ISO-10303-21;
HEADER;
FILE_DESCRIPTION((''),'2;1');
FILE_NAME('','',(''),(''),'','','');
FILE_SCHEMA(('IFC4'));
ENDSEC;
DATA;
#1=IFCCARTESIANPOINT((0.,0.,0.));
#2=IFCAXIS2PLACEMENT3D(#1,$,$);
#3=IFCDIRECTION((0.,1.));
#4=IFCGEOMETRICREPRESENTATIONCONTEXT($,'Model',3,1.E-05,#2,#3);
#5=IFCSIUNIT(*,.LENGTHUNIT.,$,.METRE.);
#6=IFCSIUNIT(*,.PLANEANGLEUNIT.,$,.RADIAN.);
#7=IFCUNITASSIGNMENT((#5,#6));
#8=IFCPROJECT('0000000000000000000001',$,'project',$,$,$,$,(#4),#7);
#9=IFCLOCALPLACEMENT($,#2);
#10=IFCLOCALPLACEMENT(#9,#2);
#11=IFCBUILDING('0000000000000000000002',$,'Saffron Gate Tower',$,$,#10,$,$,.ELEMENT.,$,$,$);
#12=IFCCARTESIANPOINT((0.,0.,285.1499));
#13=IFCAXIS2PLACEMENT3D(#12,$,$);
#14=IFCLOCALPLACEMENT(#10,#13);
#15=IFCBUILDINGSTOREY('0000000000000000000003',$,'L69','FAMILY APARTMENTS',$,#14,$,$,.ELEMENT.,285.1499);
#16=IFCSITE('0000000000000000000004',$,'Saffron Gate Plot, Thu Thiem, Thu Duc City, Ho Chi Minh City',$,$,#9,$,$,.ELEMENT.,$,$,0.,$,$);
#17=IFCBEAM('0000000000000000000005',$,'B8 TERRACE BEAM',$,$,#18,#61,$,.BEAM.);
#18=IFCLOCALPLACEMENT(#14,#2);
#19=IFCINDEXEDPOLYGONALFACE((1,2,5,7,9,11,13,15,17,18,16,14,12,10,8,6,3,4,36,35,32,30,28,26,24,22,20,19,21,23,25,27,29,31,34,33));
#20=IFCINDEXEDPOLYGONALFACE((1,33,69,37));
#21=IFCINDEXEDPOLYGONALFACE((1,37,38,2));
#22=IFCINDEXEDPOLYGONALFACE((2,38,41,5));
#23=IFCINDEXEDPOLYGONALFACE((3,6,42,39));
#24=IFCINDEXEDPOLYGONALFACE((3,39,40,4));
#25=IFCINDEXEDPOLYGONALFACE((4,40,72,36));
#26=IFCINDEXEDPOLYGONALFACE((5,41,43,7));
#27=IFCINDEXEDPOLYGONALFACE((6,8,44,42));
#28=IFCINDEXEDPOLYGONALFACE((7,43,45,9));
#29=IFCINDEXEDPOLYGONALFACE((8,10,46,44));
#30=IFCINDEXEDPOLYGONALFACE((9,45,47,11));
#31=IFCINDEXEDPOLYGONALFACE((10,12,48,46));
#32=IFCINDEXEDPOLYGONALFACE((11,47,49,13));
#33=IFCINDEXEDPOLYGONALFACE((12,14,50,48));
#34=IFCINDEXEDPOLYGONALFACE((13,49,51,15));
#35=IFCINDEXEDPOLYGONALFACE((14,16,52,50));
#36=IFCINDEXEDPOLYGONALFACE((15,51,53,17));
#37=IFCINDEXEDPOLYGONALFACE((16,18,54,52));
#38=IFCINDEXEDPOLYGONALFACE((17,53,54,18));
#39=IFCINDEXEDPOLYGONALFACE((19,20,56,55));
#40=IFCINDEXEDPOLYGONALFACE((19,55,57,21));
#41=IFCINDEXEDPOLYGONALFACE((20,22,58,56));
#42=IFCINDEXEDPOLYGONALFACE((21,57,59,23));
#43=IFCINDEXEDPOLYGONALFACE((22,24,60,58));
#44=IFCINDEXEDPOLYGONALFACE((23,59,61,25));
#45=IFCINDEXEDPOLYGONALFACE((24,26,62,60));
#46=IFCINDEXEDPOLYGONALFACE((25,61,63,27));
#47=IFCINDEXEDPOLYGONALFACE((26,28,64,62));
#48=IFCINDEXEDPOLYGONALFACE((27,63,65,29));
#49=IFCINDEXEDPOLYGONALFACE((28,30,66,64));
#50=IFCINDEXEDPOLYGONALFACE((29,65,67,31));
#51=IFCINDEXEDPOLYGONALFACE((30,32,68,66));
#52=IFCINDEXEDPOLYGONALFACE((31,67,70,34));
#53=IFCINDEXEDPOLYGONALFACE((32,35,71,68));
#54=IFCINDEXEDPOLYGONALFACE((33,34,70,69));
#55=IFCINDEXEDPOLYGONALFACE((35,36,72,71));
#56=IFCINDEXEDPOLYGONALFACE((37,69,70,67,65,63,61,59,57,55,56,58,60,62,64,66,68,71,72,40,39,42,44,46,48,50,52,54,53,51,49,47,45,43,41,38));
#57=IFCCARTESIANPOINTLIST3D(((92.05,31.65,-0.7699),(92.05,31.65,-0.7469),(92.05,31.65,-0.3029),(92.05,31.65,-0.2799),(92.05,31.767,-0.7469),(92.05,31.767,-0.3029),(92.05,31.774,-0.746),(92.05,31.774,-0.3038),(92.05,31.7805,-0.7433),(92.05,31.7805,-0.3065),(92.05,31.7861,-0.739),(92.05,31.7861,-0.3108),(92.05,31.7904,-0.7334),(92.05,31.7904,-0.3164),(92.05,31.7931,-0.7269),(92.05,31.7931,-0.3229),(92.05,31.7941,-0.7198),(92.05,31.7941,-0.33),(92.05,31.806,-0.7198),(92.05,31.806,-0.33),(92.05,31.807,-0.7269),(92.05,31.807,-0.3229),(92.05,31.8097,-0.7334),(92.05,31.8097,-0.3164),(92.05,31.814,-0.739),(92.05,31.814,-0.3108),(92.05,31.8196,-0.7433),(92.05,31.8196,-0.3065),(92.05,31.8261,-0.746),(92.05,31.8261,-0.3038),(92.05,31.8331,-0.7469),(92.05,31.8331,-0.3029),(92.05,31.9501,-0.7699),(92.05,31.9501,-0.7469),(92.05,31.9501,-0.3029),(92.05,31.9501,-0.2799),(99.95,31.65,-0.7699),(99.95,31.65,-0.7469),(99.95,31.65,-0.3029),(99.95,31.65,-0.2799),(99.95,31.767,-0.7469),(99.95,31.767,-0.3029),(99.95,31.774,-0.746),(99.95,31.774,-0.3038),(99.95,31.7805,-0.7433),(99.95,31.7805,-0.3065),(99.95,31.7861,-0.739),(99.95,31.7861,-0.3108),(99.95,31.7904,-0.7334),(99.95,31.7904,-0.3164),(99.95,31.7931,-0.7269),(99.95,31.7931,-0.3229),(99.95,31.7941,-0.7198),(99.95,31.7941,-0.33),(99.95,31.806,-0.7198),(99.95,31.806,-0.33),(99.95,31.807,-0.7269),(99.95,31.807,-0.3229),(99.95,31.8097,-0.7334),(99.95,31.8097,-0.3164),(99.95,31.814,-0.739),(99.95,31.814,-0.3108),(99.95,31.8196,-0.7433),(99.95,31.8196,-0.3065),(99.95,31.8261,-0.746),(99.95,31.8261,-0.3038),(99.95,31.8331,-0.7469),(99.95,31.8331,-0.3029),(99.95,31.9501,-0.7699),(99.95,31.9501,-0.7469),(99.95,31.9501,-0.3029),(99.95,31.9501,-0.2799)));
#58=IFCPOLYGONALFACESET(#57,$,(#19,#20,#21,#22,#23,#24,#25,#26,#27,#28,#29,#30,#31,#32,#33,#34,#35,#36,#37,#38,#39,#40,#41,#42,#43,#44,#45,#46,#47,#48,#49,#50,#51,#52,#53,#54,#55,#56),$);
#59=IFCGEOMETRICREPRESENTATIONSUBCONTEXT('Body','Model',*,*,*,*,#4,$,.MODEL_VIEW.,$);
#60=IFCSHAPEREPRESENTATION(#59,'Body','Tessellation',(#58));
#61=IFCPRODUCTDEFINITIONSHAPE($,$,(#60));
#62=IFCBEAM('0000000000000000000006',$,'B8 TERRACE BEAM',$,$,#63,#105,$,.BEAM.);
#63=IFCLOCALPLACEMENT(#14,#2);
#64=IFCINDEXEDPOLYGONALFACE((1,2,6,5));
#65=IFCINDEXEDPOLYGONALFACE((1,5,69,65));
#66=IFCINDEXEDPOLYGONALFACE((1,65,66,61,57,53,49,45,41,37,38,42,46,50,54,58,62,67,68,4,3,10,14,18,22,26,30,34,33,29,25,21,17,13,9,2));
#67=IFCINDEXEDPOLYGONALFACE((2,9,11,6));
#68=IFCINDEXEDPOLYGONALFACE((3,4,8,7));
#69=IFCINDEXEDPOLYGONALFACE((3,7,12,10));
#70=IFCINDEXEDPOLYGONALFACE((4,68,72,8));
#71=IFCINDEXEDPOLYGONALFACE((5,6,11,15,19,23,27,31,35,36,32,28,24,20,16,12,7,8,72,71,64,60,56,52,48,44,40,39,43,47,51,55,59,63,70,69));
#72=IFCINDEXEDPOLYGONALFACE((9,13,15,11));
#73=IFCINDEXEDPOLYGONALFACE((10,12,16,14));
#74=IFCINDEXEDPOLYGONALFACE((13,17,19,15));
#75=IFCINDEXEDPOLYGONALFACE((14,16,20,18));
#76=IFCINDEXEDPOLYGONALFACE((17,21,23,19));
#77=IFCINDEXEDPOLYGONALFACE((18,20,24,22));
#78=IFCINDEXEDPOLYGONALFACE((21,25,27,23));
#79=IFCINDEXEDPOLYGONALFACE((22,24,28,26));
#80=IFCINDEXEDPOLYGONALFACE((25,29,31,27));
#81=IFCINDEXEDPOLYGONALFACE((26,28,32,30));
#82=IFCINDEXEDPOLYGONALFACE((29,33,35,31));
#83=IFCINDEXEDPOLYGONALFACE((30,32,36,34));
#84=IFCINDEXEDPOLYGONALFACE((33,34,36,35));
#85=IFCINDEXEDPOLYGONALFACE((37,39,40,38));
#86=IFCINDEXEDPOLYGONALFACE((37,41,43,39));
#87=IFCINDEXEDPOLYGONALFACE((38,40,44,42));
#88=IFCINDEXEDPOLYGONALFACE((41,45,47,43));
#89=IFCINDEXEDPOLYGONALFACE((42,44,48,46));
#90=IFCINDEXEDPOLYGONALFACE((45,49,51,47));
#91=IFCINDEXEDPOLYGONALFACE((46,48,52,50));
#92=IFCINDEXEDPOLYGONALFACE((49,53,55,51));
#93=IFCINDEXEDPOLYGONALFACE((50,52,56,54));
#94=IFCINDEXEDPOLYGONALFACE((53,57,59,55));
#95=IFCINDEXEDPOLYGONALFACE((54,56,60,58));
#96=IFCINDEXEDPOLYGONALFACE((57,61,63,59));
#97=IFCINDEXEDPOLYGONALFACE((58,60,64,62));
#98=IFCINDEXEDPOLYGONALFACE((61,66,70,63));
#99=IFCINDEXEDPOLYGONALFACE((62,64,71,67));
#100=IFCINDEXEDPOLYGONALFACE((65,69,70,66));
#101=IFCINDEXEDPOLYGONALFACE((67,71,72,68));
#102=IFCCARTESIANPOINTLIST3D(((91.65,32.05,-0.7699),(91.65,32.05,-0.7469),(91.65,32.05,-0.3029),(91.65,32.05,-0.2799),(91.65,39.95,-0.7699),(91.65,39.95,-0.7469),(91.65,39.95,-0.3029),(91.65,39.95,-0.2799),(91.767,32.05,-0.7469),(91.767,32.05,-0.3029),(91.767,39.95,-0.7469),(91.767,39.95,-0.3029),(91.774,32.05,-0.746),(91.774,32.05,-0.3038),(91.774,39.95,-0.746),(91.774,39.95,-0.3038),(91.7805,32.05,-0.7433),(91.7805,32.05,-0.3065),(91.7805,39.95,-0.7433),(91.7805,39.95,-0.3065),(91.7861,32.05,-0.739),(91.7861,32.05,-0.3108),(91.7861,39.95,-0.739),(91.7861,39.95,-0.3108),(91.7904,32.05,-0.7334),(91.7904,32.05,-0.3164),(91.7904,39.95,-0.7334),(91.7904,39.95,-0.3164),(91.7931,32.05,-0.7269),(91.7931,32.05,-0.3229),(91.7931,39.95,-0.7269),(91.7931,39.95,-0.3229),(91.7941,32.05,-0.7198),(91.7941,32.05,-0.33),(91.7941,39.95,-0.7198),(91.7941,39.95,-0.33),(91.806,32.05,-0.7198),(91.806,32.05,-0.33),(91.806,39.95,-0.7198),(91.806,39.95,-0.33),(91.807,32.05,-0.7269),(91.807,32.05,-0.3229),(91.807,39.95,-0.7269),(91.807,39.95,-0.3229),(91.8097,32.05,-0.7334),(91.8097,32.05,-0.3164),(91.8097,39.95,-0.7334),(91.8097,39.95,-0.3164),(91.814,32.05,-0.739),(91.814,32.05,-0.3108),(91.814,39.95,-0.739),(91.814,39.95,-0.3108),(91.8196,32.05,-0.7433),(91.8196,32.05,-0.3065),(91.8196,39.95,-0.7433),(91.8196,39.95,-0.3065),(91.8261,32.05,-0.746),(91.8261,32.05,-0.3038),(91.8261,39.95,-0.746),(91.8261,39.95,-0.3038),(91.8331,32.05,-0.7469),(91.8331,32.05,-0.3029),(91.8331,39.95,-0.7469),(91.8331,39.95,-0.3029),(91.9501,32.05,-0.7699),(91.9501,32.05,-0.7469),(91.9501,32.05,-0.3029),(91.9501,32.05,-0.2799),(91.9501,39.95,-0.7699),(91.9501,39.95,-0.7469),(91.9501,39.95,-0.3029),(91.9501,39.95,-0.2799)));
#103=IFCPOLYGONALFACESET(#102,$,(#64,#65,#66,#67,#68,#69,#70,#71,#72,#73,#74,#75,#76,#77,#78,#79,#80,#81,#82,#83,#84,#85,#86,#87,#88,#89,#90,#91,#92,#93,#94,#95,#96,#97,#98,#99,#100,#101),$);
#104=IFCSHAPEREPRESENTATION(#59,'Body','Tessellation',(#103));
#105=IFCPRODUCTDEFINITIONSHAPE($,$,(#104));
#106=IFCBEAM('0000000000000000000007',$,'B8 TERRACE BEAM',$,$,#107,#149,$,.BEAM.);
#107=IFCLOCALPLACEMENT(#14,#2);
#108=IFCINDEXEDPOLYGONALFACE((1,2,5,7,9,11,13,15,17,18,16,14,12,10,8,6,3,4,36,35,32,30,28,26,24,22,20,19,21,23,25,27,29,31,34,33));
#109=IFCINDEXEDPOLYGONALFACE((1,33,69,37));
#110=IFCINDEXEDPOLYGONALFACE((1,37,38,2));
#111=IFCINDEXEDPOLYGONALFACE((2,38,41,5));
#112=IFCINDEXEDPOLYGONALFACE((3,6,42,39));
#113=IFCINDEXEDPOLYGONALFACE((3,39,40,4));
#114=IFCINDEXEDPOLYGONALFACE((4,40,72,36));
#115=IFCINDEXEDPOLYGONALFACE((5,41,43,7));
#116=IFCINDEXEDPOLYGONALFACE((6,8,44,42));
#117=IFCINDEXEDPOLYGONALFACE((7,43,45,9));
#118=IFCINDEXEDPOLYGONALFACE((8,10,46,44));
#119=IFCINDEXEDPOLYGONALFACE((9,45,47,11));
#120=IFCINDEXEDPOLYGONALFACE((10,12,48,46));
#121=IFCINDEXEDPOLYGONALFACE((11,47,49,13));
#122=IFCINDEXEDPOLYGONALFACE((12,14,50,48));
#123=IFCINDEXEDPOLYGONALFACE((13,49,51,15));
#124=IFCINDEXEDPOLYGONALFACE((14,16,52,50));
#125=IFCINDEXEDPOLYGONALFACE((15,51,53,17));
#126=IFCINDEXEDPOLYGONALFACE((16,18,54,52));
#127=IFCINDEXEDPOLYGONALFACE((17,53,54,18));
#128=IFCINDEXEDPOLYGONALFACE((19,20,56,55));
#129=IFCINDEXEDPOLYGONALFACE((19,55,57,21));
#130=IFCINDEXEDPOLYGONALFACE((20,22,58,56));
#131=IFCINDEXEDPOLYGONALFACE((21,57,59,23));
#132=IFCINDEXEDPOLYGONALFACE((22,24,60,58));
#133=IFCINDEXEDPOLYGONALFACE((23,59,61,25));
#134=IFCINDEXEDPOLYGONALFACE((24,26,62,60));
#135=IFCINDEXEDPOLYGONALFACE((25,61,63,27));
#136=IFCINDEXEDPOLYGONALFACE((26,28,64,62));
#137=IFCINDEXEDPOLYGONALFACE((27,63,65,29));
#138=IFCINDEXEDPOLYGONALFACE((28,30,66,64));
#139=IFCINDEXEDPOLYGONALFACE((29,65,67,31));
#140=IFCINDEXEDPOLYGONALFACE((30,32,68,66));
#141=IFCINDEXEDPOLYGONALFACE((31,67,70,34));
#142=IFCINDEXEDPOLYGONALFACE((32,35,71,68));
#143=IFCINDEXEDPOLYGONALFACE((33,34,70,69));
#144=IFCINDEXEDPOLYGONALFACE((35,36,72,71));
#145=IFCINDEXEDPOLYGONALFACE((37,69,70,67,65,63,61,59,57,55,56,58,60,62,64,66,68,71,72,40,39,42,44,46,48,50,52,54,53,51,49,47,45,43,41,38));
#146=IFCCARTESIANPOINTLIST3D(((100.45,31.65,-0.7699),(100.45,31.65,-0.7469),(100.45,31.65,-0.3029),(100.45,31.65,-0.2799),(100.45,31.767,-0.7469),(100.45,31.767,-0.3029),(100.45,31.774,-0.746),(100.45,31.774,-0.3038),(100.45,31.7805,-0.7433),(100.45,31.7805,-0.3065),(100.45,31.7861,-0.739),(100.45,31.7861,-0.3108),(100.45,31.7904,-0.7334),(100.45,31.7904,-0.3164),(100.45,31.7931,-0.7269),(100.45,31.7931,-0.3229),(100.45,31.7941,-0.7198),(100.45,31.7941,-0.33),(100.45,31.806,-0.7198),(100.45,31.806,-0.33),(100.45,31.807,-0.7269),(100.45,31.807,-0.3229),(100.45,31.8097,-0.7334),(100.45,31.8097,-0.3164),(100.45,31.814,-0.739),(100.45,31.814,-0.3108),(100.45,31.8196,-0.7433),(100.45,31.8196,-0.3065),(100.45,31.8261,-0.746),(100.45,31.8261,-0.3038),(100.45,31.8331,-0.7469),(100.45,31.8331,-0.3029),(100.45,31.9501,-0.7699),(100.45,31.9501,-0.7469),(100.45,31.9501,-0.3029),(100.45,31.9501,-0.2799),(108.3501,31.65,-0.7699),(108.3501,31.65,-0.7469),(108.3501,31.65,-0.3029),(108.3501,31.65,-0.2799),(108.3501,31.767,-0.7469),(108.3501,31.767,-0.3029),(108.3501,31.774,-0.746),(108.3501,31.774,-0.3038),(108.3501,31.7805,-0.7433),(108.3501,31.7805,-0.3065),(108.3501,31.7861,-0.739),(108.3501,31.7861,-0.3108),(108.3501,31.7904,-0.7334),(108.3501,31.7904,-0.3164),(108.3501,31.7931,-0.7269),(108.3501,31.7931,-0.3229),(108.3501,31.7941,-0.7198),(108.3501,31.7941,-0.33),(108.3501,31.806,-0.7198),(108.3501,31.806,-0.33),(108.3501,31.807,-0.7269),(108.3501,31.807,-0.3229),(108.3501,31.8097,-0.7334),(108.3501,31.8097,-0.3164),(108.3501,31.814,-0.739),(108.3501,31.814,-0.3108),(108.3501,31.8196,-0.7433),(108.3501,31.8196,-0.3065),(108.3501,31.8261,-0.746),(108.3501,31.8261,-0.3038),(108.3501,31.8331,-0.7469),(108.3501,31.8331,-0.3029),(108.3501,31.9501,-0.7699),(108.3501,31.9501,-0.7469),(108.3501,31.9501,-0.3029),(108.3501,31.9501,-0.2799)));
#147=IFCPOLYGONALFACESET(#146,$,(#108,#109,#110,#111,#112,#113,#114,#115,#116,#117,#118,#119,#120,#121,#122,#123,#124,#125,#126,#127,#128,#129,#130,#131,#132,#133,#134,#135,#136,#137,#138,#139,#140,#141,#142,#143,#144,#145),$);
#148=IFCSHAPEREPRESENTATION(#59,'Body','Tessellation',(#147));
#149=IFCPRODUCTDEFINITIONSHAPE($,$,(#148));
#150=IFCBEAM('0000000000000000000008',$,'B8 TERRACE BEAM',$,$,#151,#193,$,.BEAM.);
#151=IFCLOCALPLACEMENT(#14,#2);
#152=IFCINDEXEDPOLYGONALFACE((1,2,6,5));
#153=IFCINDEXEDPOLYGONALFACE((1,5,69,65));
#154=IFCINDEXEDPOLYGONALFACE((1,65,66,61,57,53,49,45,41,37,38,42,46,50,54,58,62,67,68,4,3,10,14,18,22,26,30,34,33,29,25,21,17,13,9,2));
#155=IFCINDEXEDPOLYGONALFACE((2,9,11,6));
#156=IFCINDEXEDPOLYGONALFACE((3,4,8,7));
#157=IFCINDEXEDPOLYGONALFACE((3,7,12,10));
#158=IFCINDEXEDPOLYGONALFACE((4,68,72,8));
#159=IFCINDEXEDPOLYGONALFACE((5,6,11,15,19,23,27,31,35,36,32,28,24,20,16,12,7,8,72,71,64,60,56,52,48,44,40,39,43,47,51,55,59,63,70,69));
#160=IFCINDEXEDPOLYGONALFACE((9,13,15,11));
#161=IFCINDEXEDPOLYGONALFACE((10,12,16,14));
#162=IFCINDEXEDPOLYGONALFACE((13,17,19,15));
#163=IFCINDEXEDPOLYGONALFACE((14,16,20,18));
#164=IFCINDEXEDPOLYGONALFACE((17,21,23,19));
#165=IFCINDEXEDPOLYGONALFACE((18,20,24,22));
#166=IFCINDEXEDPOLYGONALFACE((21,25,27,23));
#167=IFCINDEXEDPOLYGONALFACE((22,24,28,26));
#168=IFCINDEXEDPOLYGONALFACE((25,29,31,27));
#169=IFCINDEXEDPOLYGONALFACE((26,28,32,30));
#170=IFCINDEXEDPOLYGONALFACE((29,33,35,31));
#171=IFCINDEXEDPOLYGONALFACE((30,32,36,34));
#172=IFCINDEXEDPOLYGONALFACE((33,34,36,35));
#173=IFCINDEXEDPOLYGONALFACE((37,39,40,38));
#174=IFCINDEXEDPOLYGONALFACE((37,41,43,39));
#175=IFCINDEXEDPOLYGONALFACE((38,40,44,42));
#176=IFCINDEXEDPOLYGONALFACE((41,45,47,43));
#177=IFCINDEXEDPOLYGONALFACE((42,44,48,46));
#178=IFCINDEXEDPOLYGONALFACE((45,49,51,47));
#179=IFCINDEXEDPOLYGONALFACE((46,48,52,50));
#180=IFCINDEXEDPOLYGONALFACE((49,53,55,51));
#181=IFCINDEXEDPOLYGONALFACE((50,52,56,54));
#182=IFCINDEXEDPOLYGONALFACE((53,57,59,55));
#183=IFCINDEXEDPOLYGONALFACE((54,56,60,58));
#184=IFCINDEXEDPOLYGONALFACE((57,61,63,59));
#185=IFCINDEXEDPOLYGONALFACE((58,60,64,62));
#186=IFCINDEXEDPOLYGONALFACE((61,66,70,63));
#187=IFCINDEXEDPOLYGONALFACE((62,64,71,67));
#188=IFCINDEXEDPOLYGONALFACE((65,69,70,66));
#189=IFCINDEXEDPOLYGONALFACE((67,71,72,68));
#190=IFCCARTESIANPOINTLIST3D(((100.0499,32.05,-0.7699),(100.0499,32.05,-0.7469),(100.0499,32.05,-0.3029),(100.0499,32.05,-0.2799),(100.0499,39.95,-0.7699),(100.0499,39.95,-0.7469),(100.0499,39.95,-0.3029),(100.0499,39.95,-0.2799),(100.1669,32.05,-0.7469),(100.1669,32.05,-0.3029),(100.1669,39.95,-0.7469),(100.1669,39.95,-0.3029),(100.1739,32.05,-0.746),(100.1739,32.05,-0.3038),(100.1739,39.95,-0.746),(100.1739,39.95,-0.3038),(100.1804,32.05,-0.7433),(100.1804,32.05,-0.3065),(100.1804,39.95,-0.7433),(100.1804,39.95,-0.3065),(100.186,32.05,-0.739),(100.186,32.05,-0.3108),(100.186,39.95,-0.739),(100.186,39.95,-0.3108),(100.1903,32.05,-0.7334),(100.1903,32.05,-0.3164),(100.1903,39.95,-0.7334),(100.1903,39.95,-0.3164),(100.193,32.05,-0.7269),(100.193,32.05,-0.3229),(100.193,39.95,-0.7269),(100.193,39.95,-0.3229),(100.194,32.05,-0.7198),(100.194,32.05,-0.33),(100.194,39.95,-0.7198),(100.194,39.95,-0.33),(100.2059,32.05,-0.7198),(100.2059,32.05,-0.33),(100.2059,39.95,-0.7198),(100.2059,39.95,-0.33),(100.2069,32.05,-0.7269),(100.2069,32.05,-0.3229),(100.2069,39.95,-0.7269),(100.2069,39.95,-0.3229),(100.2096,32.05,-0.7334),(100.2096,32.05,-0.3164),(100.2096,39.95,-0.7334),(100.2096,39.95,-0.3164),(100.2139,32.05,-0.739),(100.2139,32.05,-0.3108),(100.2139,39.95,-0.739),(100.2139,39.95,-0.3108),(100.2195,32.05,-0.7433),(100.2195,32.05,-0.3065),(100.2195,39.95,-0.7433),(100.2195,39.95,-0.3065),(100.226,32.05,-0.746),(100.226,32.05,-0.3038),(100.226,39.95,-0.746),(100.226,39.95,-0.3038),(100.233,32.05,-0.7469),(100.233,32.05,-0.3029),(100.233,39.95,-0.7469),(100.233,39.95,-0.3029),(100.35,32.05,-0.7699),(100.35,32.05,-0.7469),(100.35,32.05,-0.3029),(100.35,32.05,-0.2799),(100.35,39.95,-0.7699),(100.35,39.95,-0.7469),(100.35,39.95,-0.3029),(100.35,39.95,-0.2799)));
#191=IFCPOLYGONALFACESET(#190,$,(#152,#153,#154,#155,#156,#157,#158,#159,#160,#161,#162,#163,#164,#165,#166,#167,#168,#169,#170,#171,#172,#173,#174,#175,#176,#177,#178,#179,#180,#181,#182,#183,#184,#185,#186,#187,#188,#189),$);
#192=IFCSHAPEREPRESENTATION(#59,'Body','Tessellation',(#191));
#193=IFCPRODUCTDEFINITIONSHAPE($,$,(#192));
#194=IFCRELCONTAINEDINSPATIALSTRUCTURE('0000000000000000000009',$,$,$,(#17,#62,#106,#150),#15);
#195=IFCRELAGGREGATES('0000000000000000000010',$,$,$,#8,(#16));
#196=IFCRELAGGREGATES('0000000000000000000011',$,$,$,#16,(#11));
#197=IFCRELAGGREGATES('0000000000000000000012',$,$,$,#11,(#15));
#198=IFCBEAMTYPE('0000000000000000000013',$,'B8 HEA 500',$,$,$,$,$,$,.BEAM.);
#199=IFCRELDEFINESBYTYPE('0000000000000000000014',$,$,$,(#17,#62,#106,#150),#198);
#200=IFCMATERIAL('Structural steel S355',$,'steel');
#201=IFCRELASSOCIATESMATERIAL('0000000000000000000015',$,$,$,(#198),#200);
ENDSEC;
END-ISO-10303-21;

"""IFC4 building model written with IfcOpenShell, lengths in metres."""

from ifc_helpers import new_model, si_unit, direction, frame, origin, origin_2d, place, context, subcontext, project, spatial, i_section, extrude, material, material_profile, profile_set, type_object, element, save


model = new_model("IFC4")

# Units and contexts
model_context = context("Model", 3, precision=1e-05, world=origin(), true_north=direction((0.0, 1.0)))
body_context = subcontext(model_context, "Body", "Model", "MODEL_VIEW")
ifc_project = project(units=[si_unit("LENGTHUNIT", "METRE"), si_unit("PLANEANGLEUNIT", "RADIAN")], contexts=[model_context])

# Site, building, storey
site_placement = place(None, origin())
site = spatial("IfcSite", under=ifc_project, at=site_placement, Name="Saffron Gate Plot, Thu Thiem, Thu Duc City, Ho Chi Minh City", CompositionType="ELEMENT", RefElevation=0.0)
building_placement = place(site_placement, origin())
building = spatial("IfcBuilding", under=site, at=building_placement, Name="Saffron Gate Tower", CompositionType="ELEMENT")
storey_placement = place(building_placement, frame((0.0, 0.0, 285.1499)))
storey = spatial("IfcBuildingStorey", under=building, at=storey_placement, Name="L69", Description="FAMILY APARTMENTS", CompositionType="ELEMENT", Elevation=285.1499)

# Beams
ifc_material_1 = material(Name="Structural steel S355", Category="steel")
ifc_material_profile_1 = material_profile(ifc_material_1, i_section(OverallWidth=0.3, OverallDepth=0.49, WebThickness=0.012, FlangeThickness=0.0229, FilletRadius=0.0271, at=origin_2d()))
ifc_profile_set_1 = profile_set([ifc_material_profile_1], Name="Structural steel S355")
beam_type_1 = type_object("IfcBeamType", Name="B8 HEA 500", PredefinedType="BEAM", material=ifc_profile_set_1)
for number, where, z_axis, x_axis, name in (
    (1, (92.05, 31.8, -0.5249), (1.0, 0.0, 0.0), (0.0, 1.0, 0.0), "B8 TERRACE BEAM"),
    (2, (91.8, 32.05, -0.5249), (0.0, 1.0, 0.0), (-1.0, 0.0, 0.0), "B8 TERRACE BEAM"),
):
    element("IfcBeam", number, at=place(storey_placement, frame(where, z_axis=z_axis, x_axis=x_axis)), inside=storey, type_object=beam_type_1, Name=name, PredefinedType="BEAM", context=body_context, shape_type="SweptSolid", body=[
        extrude(i_section(OverallWidth=0.3, OverallDepth=0.49, WebThickness=0.012, FlangeThickness=0.0229, FilletRadius=0.0271, at=origin_2d()), origin(), (0.0, 0.0, 1.0), 7.8999),
    ])
beam_1_placement = place(storey_placement, frame((100.45, 31.8, -0.5249), z_axis=(1.0, 0.0, 0.0), x_axis=(0.0, 1.0, 0.0)))
element("IfcBeam", 3, at=beam_1_placement, inside=storey, type_object=beam_type_1, Name="B8 TERRACE BEAM", PredefinedType="BEAM", context=body_context, shape_type="SweptSolid", body=[
    extrude(i_section(OverallWidth=0.3, OverallDepth=0.49, WebThickness=0.012, FlangeThickness=0.0229, FilletRadius=0.0271, at=origin_2d()), origin(), (0.0, 0.0, 1.0), 7.9001),
])
beam_2_placement = place(storey_placement, frame((100.2, 32.05, -0.5249), z_axis=(0.0, 1.0, 0.0), x_axis=(-1.0, 0.0, 0.0)))
element("IfcBeam", 4, at=beam_2_placement, inside=storey, type_object=beam_type_1, Name="B8 TERRACE BEAM", PredefinedType="BEAM", context=body_context, shape_type="SweptSolid", body=[
    extrude(i_section(OverallWidth=0.3, OverallDepth=0.49, WebThickness=0.012, FlangeThickness=0.0229, FilletRadius=0.0271, at=origin_2d()), origin(), (0.0, 0.0, 1.0), 7.8999),
])

save(model, "model.ifc")
